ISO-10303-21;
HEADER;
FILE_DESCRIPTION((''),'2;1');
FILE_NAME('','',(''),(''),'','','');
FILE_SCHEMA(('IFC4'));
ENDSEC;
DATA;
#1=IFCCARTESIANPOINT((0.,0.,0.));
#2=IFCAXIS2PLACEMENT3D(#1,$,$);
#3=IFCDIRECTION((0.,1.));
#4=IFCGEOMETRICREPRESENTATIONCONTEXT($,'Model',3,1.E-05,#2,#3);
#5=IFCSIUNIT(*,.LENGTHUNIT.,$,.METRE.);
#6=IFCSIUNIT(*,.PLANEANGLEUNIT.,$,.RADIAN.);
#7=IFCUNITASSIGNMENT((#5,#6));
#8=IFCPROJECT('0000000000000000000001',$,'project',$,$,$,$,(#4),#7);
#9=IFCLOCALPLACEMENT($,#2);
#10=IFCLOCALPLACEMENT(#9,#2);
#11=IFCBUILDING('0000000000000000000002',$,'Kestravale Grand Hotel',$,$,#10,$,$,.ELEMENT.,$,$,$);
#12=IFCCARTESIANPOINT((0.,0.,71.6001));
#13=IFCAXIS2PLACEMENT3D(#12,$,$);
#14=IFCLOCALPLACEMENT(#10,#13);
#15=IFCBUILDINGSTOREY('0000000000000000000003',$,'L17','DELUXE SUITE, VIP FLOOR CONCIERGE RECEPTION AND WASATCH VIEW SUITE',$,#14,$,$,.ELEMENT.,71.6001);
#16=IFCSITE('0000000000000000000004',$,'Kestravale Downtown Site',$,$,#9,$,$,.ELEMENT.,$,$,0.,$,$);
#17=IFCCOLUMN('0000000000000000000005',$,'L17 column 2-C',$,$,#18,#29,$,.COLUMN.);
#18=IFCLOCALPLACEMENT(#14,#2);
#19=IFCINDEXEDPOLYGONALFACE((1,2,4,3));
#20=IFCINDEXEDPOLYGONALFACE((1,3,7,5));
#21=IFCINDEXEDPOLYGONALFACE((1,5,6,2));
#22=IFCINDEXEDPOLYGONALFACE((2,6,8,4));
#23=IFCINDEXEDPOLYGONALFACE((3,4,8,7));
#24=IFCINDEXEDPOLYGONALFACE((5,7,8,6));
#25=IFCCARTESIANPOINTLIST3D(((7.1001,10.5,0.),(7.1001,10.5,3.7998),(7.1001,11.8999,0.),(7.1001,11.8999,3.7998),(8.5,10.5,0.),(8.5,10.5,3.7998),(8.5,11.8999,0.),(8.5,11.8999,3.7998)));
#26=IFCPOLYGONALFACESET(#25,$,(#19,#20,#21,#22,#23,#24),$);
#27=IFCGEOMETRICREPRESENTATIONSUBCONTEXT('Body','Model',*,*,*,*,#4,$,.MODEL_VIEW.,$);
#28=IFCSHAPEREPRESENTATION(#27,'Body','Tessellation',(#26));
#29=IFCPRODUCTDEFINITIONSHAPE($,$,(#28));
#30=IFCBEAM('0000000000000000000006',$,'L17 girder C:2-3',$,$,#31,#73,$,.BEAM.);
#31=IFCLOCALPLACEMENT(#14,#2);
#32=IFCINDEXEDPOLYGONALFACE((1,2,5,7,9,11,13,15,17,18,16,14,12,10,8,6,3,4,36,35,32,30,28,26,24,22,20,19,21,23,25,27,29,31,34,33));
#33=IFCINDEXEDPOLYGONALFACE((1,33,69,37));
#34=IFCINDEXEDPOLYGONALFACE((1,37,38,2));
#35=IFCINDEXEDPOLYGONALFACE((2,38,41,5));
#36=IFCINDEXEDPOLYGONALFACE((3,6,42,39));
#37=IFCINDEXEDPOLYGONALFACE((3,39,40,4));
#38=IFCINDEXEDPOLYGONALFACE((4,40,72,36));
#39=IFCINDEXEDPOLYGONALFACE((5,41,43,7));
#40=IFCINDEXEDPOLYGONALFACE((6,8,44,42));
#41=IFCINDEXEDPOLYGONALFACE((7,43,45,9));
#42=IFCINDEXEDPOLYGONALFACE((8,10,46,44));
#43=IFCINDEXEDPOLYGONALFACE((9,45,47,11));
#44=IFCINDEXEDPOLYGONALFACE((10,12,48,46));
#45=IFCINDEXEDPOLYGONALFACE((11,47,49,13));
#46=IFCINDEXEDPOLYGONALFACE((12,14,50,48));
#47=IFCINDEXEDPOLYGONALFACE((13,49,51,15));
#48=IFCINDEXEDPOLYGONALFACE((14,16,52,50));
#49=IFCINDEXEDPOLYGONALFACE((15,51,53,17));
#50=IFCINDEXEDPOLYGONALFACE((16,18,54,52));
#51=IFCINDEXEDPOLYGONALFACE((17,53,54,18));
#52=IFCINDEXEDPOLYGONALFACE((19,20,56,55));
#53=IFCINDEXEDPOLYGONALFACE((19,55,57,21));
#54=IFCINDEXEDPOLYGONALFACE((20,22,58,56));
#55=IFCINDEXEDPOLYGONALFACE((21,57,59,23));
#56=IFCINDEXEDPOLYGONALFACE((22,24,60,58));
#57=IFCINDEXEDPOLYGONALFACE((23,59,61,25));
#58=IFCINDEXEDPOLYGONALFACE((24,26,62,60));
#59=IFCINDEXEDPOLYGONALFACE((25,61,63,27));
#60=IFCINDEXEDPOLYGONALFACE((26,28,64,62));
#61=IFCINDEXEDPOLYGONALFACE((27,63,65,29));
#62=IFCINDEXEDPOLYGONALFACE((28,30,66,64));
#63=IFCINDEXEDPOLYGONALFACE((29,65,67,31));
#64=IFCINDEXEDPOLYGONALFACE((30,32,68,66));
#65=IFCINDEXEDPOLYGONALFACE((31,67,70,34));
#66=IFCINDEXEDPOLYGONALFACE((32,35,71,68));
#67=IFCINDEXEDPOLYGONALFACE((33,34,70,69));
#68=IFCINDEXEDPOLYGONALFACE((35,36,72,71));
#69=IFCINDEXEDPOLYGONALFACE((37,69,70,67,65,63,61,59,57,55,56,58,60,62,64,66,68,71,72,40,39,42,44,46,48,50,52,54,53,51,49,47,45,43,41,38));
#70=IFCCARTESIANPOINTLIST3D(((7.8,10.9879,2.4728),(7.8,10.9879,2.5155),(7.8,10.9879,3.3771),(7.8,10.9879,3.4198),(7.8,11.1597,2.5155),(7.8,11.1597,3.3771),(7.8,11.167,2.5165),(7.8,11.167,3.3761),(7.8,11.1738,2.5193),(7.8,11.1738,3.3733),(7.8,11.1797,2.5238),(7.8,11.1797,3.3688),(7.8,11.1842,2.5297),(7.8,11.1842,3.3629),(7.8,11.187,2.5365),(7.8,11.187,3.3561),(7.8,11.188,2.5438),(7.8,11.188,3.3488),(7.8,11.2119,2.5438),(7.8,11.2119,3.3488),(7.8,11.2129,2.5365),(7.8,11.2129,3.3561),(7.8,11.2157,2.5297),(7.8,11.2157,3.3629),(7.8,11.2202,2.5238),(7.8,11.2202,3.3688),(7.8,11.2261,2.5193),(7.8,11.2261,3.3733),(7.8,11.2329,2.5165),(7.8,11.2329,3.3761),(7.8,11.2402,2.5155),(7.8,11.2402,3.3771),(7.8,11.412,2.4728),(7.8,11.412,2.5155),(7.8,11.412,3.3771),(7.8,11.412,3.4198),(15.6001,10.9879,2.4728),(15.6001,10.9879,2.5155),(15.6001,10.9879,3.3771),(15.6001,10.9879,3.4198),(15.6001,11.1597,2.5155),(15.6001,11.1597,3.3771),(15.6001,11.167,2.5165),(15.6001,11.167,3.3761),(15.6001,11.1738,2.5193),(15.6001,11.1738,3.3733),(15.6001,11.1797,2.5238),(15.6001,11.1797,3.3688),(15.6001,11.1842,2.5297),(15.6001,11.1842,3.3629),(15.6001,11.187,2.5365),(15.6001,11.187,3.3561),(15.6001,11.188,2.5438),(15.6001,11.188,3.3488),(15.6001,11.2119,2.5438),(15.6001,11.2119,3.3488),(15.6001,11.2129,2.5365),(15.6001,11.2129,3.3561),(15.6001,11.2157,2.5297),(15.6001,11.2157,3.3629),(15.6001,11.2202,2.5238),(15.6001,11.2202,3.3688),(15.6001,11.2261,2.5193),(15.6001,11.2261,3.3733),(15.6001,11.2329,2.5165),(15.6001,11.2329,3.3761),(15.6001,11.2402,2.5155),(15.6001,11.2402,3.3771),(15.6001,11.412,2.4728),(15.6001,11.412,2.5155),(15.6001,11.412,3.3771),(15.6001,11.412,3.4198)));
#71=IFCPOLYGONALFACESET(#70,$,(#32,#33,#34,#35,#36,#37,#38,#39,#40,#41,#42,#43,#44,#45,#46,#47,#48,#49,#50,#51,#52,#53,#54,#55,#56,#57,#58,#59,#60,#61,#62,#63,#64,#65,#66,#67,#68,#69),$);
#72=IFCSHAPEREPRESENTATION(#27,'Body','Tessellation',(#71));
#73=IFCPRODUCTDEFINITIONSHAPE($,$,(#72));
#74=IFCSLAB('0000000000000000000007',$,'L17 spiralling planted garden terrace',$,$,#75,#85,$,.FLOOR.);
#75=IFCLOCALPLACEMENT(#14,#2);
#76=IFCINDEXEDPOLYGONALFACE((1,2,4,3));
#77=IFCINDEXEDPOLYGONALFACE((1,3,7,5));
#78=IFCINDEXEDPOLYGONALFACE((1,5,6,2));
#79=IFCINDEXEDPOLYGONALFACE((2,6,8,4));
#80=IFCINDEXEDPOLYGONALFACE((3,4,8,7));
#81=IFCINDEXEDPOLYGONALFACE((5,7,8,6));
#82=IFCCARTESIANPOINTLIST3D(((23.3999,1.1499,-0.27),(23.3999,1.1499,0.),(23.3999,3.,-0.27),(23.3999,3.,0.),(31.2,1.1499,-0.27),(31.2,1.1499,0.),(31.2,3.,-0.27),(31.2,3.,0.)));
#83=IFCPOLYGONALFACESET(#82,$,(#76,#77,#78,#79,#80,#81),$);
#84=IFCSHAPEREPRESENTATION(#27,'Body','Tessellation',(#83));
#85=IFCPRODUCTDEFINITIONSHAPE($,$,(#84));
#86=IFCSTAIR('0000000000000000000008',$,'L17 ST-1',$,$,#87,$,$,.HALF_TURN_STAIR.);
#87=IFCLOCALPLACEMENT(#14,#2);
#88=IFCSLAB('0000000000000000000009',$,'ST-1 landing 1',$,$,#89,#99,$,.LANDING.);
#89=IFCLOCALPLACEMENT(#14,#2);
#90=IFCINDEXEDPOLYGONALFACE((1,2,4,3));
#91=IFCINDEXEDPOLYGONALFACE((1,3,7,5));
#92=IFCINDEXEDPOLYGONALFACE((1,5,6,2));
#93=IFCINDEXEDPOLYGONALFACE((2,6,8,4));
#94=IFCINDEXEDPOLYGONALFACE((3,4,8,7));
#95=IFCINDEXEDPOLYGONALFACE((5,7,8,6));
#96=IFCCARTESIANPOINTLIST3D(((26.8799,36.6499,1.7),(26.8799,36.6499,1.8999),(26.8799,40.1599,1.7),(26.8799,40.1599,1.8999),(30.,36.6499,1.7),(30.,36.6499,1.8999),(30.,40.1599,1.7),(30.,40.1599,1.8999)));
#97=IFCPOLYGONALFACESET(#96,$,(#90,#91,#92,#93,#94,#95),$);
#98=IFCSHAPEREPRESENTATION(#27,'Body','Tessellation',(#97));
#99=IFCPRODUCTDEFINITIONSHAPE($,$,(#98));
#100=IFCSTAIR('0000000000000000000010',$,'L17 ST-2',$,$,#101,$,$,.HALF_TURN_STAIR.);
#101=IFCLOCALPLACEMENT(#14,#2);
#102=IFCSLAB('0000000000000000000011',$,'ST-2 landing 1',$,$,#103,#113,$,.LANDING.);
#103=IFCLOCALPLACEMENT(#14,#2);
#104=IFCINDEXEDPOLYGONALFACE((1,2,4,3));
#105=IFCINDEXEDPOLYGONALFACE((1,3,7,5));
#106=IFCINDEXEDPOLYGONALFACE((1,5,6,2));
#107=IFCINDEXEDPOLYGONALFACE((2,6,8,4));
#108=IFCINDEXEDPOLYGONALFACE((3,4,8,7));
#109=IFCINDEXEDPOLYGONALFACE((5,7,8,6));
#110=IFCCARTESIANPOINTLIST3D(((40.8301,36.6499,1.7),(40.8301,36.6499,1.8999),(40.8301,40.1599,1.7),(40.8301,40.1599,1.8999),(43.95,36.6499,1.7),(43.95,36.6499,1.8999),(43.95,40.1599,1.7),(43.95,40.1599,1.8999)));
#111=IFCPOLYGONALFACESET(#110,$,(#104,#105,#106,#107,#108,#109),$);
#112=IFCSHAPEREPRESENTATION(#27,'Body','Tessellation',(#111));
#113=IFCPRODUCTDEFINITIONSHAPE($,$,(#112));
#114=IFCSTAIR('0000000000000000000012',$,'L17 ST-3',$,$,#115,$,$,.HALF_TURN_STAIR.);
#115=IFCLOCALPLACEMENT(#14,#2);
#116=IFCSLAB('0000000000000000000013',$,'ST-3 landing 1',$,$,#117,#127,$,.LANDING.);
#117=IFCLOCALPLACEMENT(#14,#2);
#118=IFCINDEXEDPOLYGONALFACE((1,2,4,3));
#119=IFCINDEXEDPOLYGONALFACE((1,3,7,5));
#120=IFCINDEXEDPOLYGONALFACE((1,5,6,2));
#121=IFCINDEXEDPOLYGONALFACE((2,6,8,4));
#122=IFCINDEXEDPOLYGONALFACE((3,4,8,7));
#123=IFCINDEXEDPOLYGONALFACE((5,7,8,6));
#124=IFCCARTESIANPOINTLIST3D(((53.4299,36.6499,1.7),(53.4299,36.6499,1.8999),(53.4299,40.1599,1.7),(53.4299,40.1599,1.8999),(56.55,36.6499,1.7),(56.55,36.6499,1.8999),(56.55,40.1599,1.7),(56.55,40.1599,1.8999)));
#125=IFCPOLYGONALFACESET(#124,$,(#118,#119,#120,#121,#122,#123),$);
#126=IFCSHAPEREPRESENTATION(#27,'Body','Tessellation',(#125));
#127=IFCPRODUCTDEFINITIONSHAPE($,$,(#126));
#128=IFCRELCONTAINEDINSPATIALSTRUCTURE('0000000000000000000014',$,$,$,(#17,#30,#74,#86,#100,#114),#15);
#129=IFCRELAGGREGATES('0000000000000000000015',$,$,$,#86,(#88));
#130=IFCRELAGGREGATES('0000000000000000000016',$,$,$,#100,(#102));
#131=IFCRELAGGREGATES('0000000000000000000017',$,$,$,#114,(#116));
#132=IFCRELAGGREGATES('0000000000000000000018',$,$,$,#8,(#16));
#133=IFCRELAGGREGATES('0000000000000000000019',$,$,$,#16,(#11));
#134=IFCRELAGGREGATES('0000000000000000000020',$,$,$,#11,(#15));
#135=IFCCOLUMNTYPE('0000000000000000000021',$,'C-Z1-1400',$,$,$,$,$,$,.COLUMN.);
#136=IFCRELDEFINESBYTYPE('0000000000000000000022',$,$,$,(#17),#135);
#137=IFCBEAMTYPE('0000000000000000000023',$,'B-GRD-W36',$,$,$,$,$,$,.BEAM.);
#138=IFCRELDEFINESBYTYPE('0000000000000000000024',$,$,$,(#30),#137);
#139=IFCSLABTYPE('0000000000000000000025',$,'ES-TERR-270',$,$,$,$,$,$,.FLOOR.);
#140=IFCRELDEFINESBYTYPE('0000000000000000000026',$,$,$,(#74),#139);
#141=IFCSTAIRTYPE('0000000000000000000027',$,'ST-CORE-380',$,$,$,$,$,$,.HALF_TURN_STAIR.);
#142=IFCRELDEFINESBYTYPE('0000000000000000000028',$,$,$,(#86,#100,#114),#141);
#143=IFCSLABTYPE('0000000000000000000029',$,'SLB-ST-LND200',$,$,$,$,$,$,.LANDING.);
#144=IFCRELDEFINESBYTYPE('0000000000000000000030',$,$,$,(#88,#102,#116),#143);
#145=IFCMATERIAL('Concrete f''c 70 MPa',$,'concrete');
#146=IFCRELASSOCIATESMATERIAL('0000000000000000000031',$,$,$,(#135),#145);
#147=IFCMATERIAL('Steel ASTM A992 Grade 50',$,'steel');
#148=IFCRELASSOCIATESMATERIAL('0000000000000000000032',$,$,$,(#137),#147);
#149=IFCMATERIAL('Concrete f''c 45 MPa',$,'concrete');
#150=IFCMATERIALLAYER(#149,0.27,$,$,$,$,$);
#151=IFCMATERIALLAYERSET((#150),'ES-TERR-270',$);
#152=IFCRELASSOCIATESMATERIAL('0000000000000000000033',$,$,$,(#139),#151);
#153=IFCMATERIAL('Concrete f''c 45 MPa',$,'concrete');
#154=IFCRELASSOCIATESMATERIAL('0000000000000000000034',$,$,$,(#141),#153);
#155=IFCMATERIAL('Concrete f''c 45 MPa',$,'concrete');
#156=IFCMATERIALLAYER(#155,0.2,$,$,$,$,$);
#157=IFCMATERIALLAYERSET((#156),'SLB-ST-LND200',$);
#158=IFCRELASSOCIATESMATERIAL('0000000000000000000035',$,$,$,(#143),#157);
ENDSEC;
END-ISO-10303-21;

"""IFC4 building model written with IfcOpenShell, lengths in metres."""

from ifc_helpers import new_model, si_unit, direction, frame, origin, origin_2d, place, context, subcontext, project, spatial, polyline, rectangle, i_section, outline, extrude, material, layer, layer_set, material_profile, profile_set, type_object, element, aggregate, save


model = new_model("IFC4")

# Units and contexts
model_context = context("Model", 3, precision=1e-05, world=origin(), true_north=direction((0.0, 1.0)))
body_context = subcontext(model_context, "Body", "Model", "MODEL_VIEW")
ifc_project = project(units=[si_unit("LENGTHUNIT", "METRE"), si_unit("PLANEANGLEUNIT", "RADIAN")], contexts=[model_context])

# Site, building, storey
site_placement = place(None, origin())
site = spatial("IfcSite", under=ifc_project, at=site_placement, Name="Kestravale Downtown Site", CompositionType="ELEMENT", RefElevation=0.0)
building_placement = place(site_placement, origin())
building = spatial("IfcBuilding", under=site, at=building_placement, Name="Kestravale Grand Hotel", CompositionType="ELEMENT")
storey_placement = place(building_placement, frame((0.0, 0.0, 71.6001)))
storey = spatial("IfcBuildingStorey", under=building, at=storey_placement, Name="L17", Description="DELUXE SUITE, VIP FLOOR CONCIERGE RECEPTION AND WASATCH VIEW SUITE", CompositionType="ELEMENT", Elevation=71.6001)

# Column
ifc_material_1 = material(Name="Concrete f'c 70 MPa", Category="concrete")
ifc_material_profile_1 = material_profile(ifc_material_1, rectangle(XDim=1.3999, YDim=1.3999, at=origin_2d()))
ifc_profile_set_1 = profile_set([ifc_material_profile_1], Name="Concrete f'c 70 MPa")
column_type = type_object("IfcColumnType", Name="C-Z1-1400", PredefinedType="COLUMN", material=ifc_profile_set_1)
column_placement = place(storey_placement, frame((7.8, 11.2, 0.0), z_axis=(0.0, 0.0, 1.0), x_axis=(1.0, 0.0, 0.0)))
element("IfcColumn", 1, at=column_placement, inside=storey, type_object=column_type, Name="L17 column 2-C", PredefinedType="COLUMN", context=body_context, shape_type="SweptSolid", body=[
    extrude(rectangle(XDim=1.3999, YDim=1.3999, at=origin_2d()), origin(), (0.0, 0.0, 1.0), 3.7998),
])

# Beam
ifc_material_2 = material(Name="Steel ASTM A992 Grade 50", Category="steel")
ifc_material_profile_2 = material_profile(ifc_material_2, i_section(OverallWidth=0.4241, OverallDepth=0.947, WebThickness=0.0239, FlangeThickness=0.0427, FilletRadius=0.0283, at=origin_2d()))
ifc_profile_set_2 = profile_set([ifc_material_profile_2], Name="Steel ASTM A992 Grade 50")
beam_type = type_object("IfcBeamType", Name="B-GRD-W36", PredefinedType="BEAM", material=ifc_profile_set_2)
beam_placement = place(storey_placement, frame((7.8, 11.2, 2.9463), z_axis=(1.0, 0.0, 0.0), x_axis=(0.0, 1.0, 0.0)))
element("IfcBeam", 2, at=beam_placement, inside=storey, type_object=beam_type, Name="L17 girder C:2-3", PredefinedType="BEAM", context=body_context, shape_type="SweptSolid", body=[
    extrude(i_section(OverallWidth=0.4241, OverallDepth=0.947, WebThickness=0.0239, FlangeThickness=0.0427, FilletRadius=0.0283, at=origin_2d()), origin(), (0.0, 0.0, 1.0), 7.8),
])

# Slab
ifc_material_3 = material(Name="Concrete f'c 45 MPa", Category="concrete")
ifc_layer_1 = layer(ifc_material_3, 0.27)
ifc_layer_set_1 = layer_set([ifc_layer_1], Name="ES-TERR-270")
slab_type_1 = type_object("IfcSlabType", Name="ES-TERR-270", PredefinedType="FLOOR", material=ifc_layer_set_1)
slab_1_placement = place(storey_placement, frame((0.0, 0.0, -0.27)))
element("IfcSlab", 3, at=slab_1_placement, inside=storey, type_object=slab_type_1, Name="L17 spiralling planted garden terrace", PredefinedType="FLOOR", context=body_context, shape_type="SweptSolid", body=[
    extrude(outline(polyline([(23.3999, 1.1499), (31.2, 1.1499), (31.2, 3.0), (23.3999, 3.0), (23.3999, 1.1499)])), origin(), (0.0, 0.0, 1.0), 0.27),
])

# Stairs, slabs
ifc_material_4 = material(Name="Concrete f'c 45 MPa", Category="concrete")
stair_type = type_object("IfcStairType", Name="ST-CORE-380", PredefinedType="HALF_TURN_STAIR", material=ifc_material_4)
stair_1_placement = place(storey_placement, origin())
stair_1 = element("IfcStair", 4, at=stair_1_placement, inside=storey, type_object=stair_type, Name="L17 ST-1", PredefinedType="HALF_TURN_STAIR")
ifc_material_5 = material(Name="Concrete f'c 45 MPa", Category="concrete")
ifc_layer_2 = layer(ifc_material_5, 0.2)
ifc_layer_set_2 = layer_set([ifc_layer_2], Name="SLB-ST-LND200")
slab_type_2 = type_object("IfcSlabType", Name="SLB-ST-LND200", PredefinedType="LANDING", material=ifc_layer_set_2)
slab_2_placement = place(storey_placement, frame((0.0, 0.0, 1.7)))
slab_2 = element("IfcSlab", 5, at=slab_2_placement, type_object=slab_type_2, Name="ST-1 landing 1", PredefinedType="LANDING", context=body_context, shape_type="SweptSolid", body=[
    extrude(outline(polyline([(26.8799, 36.6499), (30.0, 36.6499), (30.0, 40.1599), (26.8799, 40.1599), (26.8799, 36.6499)])), origin(), (0.0, 0.0, 1.0), 0.2),
])
aggregate(stair_1, [slab_2])
stair_2_placement = place(storey_placement, origin())
stair_2 = element("IfcStair", 6, at=stair_2_placement, inside=storey, type_object=stair_type, Name="L17 ST-2", PredefinedType="HALF_TURN_STAIR")
slab_3_placement = place(storey_placement, frame((0.0, 0.0, 1.7)))
slab_3 = element("IfcSlab", 7, at=slab_3_placement, type_object=slab_type_2, Name="ST-2 landing 1", PredefinedType="LANDING", context=body_context, shape_type="SweptSolid", body=[
    extrude(outline(polyline([(40.8301, 36.6499), (43.95, 36.6499), (43.95, 40.1599), (40.8301, 40.1599), (40.8301, 36.6499)])), origin(), (0.0, 0.0, 1.0), 0.2),
])
aggregate(stair_2, [slab_3])
stair_3_placement = place(storey_placement, origin())
stair_3 = element("IfcStair", 8, at=stair_3_placement, inside=storey, type_object=stair_type, Name="L17 ST-3", PredefinedType="HALF_TURN_STAIR")
slab_4_placement = place(storey_placement, frame((0.0, 0.0, 1.7)))
slab_4 = element("IfcSlab", 9, at=slab_4_placement, type_object=slab_type_2, Name="ST-3 landing 1", PredefinedType="LANDING", context=body_context, shape_type="SweptSolid", body=[
    extrude(outline(polyline([(53.4299, 36.6499), (56.55, 36.6499), (56.55, 40.1599), (53.4299, 40.1599), (53.4299, 36.6499)])), origin(), (0.0, 0.0, 1.0), 0.2),
])
aggregate(stair_3, [slab_4])

save(model, "model.ifc")
